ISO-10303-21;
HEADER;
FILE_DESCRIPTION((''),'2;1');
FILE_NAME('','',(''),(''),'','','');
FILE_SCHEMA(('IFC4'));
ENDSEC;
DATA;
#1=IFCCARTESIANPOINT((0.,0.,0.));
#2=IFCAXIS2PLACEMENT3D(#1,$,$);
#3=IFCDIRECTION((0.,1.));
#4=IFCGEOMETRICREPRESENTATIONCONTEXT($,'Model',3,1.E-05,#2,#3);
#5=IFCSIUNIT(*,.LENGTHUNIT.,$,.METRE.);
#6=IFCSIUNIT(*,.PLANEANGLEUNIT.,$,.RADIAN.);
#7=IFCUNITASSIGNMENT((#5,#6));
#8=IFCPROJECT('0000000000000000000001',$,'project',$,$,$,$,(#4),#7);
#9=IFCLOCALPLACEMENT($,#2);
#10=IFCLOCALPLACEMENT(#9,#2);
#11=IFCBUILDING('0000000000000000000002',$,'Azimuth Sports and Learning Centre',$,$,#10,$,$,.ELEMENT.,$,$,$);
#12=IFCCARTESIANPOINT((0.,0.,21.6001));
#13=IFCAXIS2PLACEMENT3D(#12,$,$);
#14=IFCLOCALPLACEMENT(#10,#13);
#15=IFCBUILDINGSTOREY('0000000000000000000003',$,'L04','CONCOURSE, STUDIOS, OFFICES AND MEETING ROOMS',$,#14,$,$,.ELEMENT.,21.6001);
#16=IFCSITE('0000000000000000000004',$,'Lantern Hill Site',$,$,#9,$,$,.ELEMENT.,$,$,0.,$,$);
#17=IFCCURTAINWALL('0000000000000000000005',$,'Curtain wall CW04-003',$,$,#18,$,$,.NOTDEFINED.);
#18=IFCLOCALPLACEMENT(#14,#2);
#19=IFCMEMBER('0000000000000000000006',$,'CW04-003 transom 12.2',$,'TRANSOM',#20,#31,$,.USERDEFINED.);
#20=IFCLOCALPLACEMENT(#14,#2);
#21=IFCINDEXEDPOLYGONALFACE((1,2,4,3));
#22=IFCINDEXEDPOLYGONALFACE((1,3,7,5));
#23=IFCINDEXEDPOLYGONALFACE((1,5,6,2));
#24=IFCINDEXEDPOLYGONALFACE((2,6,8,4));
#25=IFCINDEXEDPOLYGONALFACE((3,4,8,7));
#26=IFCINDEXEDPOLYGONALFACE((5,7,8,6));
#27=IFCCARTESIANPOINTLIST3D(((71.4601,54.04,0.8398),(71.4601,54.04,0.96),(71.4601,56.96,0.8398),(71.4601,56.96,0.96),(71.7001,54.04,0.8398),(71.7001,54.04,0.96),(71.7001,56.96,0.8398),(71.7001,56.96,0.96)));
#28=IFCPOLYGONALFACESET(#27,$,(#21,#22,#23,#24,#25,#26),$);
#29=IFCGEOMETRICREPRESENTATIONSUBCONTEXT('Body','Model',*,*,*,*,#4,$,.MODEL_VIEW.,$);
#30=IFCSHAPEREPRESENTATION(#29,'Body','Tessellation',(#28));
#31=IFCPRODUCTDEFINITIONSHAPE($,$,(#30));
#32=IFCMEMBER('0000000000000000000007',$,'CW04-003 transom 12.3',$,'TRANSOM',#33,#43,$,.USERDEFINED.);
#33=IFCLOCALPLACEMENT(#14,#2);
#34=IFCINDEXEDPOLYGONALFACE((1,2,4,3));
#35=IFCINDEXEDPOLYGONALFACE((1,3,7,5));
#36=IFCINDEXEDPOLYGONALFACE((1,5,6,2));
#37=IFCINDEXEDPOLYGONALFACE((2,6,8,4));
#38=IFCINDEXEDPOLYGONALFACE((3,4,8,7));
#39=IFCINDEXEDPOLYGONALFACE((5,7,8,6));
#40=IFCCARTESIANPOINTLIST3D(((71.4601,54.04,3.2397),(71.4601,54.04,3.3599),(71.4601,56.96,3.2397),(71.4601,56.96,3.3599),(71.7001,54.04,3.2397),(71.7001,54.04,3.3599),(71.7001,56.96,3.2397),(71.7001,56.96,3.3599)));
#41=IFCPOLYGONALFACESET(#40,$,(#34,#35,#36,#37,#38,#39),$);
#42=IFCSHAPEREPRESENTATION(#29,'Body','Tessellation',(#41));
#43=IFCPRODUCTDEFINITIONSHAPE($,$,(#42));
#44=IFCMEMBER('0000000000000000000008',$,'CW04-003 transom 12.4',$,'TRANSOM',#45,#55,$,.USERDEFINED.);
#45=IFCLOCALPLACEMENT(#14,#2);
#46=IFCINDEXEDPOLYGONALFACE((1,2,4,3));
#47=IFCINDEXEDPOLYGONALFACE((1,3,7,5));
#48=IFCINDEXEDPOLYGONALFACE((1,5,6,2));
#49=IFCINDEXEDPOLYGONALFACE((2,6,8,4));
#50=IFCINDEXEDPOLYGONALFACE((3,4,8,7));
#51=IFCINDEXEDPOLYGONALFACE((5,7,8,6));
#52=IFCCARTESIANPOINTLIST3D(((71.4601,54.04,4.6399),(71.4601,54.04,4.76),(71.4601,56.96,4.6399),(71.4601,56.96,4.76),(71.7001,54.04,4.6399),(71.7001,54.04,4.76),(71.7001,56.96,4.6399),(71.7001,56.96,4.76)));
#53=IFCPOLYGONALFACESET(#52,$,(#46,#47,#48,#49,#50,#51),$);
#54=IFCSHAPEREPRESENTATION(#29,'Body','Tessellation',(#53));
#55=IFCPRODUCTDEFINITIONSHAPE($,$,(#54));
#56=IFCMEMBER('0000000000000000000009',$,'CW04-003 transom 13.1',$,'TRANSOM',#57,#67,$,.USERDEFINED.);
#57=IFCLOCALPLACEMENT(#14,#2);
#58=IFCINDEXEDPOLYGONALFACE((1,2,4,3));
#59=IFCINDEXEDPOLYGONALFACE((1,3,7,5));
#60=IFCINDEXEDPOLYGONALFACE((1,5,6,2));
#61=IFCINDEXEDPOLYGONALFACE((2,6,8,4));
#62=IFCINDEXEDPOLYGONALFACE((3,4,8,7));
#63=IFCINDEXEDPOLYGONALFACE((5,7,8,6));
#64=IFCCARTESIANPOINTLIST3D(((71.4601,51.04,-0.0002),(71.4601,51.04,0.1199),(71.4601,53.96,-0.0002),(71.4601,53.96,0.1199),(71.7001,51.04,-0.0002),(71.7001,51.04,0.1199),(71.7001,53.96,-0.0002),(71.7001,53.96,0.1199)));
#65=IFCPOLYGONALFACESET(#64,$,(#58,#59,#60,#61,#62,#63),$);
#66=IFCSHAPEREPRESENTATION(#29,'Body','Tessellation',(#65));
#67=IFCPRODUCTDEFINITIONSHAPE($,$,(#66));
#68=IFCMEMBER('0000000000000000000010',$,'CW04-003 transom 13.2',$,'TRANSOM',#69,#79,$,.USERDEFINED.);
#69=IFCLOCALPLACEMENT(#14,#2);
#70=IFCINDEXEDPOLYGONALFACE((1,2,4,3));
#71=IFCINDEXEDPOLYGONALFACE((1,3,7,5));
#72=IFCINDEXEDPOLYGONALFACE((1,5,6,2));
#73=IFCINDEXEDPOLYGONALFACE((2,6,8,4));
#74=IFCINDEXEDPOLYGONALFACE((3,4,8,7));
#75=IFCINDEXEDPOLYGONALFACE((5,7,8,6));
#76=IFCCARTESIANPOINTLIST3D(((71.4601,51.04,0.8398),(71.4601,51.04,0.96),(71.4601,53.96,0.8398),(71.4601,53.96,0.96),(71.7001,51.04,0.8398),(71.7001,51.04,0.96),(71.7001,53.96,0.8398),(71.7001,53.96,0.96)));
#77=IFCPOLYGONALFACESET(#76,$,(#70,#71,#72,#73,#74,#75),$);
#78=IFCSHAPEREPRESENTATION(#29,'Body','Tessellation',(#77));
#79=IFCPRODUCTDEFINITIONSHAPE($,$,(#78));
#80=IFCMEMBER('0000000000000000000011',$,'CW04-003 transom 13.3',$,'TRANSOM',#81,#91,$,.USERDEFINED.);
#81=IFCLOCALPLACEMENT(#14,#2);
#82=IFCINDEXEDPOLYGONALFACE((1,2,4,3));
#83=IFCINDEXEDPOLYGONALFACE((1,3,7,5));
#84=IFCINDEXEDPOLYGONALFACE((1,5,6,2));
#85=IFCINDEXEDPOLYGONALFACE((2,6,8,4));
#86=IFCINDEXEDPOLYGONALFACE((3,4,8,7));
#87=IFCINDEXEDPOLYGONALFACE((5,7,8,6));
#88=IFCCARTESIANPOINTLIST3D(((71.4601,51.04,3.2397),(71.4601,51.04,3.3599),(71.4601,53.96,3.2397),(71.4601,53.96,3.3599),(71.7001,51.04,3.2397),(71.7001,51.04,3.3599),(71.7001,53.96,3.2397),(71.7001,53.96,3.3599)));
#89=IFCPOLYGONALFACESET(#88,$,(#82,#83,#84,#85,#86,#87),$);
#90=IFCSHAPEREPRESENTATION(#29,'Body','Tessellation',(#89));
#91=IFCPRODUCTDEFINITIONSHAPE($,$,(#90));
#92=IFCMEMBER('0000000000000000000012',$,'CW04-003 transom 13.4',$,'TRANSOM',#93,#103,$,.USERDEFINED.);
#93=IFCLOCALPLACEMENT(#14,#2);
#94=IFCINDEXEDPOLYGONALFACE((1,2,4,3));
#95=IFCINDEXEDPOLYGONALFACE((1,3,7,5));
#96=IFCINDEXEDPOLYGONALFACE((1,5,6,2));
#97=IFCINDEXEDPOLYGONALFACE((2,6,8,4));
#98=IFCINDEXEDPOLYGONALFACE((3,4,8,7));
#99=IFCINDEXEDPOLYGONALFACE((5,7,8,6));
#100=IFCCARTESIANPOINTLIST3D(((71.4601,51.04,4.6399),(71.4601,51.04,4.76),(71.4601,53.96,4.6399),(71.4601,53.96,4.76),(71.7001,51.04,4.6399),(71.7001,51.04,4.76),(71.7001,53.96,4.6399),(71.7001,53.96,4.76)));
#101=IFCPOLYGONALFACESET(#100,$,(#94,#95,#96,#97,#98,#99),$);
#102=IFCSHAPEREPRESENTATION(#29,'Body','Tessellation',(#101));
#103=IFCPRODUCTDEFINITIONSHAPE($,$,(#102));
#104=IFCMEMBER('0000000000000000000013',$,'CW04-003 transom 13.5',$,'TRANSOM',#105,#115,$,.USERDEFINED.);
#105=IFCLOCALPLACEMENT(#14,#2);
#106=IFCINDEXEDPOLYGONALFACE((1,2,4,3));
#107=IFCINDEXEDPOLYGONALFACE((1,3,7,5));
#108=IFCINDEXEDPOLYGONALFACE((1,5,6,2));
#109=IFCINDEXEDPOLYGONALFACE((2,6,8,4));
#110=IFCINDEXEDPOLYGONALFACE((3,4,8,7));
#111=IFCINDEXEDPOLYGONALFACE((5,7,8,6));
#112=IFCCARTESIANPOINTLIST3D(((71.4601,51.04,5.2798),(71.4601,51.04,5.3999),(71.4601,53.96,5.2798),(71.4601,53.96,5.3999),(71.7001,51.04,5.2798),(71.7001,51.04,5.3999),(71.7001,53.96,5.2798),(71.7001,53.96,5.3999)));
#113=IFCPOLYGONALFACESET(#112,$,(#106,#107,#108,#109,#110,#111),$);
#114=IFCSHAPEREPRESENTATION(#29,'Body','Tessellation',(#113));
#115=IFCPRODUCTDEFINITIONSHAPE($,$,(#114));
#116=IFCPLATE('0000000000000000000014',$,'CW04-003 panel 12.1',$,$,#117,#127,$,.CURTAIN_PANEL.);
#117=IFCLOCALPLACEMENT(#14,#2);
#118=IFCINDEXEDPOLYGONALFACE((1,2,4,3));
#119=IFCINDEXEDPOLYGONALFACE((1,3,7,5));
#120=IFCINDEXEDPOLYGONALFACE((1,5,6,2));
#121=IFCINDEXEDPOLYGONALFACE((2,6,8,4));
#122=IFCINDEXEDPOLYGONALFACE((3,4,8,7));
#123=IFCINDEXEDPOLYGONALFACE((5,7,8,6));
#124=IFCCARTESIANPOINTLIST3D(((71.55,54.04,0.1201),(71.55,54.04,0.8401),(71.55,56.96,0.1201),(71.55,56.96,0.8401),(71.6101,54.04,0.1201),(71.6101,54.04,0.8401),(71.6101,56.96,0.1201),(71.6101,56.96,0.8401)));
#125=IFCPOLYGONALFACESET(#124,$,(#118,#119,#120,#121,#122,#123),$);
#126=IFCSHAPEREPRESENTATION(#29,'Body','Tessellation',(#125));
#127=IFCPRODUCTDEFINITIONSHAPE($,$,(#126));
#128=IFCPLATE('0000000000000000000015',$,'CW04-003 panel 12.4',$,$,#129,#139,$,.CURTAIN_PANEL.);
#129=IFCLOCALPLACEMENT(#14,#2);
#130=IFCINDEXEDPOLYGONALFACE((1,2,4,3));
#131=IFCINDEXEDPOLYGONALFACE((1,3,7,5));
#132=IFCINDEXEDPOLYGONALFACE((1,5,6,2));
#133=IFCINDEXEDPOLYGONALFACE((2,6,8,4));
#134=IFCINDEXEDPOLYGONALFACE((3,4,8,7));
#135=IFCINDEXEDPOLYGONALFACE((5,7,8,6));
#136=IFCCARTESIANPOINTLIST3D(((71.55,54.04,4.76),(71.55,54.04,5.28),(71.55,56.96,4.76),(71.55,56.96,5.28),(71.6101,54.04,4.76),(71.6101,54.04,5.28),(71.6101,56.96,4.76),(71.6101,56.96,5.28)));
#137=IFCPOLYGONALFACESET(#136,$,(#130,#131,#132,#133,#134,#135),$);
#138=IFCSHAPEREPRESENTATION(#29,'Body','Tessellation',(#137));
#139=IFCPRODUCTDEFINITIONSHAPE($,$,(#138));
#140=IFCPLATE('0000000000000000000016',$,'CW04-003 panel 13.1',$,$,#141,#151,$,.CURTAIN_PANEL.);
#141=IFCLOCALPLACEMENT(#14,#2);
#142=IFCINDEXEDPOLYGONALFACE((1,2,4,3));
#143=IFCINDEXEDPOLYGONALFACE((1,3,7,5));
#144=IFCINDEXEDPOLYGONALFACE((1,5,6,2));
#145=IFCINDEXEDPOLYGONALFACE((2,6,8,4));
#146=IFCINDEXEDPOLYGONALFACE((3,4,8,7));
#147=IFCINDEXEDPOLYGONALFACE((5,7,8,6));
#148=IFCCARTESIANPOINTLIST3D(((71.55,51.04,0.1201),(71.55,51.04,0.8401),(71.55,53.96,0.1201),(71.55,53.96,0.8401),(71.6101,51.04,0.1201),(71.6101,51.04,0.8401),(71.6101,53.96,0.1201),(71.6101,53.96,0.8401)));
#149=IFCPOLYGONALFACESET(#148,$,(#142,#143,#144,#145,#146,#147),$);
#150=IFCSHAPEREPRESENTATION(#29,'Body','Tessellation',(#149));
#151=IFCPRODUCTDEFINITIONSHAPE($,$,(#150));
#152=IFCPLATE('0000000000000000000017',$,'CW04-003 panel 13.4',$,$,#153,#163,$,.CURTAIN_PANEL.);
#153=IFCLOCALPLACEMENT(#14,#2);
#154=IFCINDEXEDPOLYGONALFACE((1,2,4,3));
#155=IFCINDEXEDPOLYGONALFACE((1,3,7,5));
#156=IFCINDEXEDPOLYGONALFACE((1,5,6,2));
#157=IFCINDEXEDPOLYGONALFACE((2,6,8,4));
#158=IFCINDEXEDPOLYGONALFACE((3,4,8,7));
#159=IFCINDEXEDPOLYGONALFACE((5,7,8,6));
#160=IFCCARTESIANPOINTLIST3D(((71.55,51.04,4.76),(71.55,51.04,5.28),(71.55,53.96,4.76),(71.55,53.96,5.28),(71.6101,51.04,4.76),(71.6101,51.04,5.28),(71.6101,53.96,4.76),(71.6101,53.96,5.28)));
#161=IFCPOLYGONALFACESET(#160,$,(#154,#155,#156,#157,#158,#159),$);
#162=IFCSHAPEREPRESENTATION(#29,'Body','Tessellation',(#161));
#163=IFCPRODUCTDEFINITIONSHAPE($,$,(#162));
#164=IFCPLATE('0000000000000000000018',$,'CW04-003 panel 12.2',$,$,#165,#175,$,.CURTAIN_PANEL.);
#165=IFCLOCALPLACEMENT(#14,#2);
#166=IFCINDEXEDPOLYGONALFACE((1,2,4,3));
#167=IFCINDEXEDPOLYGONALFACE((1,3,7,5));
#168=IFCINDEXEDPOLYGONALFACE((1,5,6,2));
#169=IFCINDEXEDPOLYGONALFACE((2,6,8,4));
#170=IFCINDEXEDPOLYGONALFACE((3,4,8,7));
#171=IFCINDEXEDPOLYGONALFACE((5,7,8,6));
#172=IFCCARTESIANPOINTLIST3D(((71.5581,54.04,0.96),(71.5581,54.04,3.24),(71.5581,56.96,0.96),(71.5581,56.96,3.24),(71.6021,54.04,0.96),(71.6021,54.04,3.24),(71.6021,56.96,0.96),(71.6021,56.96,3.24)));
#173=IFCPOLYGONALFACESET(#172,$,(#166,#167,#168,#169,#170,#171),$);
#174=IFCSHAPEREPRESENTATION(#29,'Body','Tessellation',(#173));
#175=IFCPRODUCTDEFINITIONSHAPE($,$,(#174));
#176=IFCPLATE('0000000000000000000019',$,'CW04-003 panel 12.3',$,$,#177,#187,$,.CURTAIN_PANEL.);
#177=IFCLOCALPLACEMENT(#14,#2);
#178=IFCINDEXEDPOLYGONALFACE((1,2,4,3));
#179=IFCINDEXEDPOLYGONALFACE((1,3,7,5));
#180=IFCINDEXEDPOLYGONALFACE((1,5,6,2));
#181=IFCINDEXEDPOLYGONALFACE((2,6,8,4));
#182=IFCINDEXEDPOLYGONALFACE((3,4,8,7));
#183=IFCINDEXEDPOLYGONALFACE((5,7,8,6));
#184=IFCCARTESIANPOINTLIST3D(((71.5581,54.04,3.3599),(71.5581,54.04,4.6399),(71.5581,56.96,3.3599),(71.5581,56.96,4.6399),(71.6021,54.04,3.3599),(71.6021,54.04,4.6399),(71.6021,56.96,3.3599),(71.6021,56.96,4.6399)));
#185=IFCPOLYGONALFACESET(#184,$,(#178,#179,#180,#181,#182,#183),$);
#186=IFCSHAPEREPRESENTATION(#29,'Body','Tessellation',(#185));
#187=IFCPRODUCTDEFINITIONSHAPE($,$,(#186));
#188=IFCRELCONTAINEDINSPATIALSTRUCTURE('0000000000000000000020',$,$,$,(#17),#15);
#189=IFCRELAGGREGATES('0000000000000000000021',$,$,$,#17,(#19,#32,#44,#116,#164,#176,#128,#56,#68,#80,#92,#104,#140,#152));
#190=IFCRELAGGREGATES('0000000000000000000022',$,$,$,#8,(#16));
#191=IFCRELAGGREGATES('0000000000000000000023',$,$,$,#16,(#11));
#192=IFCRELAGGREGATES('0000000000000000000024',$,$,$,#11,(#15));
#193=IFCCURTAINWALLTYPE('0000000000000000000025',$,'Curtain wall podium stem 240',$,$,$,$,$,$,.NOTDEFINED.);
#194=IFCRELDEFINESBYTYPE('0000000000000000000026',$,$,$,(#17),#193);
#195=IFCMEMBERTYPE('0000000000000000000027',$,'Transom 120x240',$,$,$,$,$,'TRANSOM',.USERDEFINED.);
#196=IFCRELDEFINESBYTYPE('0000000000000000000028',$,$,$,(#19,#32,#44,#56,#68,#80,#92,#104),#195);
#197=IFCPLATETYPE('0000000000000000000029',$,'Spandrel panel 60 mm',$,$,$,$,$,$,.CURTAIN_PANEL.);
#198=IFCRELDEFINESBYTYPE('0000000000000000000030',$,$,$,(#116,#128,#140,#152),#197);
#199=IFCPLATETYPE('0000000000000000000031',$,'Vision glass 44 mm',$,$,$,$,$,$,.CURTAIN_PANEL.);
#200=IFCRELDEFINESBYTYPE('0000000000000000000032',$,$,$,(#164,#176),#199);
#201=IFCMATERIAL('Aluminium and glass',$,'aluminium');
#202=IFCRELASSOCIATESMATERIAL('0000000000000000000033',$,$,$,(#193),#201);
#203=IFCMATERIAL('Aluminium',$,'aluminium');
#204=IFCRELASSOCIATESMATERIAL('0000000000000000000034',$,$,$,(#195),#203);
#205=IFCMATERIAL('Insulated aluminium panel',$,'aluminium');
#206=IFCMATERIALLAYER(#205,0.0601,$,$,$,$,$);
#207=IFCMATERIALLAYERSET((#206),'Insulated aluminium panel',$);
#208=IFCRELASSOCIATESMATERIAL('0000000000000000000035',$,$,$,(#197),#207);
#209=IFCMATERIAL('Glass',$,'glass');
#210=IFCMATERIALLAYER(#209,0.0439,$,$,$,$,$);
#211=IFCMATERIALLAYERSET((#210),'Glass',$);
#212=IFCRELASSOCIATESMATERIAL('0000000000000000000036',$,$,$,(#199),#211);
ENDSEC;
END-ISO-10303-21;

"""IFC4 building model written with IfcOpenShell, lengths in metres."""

from ifc_helpers import new_model, si_unit, direction, frame, origin, origin_2d, place, context, subcontext, project, spatial, rectangle, extrude, material, layer, layer_set, material_profile, profile_set, type_object, element, aggregate, save


model = new_model("IFC4")

# Units and contexts
model_context = context("Model", 3, precision=1e-05, world=origin(), true_north=direction((0.0, 1.0)))
body_context = subcontext(model_context, "Body", "Model", "MODEL_VIEW")
ifc_project = project(units=[si_unit("LENGTHUNIT", "METRE"), si_unit("PLANEANGLEUNIT", "RADIAN")], contexts=[model_context])

# Site, building, storey
site_placement = place(None, origin())
site = spatial("IfcSite", under=ifc_project, at=site_placement, Name="Lantern Hill Site", CompositionType="ELEMENT", RefElevation=0.0)
building_placement = place(site_placement, origin())
building = spatial("IfcBuilding", under=site, at=building_placement, Name="Azimuth Sports and Learning Centre", CompositionType="ELEMENT")
storey_placement = place(building_placement, frame((0.0, 0.0, 21.6001)))
storey = spatial("IfcBuildingStorey", under=building, at=storey_placement, Name="L04", Description="CONCOURSE, STUDIOS, OFFICES AND MEETING ROOMS", CompositionType="ELEMENT", Elevation=21.6001)

# Curtain wall, members, plates
ifc_material_1 = material(Name="Aluminium and glass", Category="aluminium")
curtain_wall_type = type_object("IfcCurtainWallType", Name="Curtain wall podium stem 240", PredefinedType="NOTDEFINED", material=ifc_material_1)
curtain_wall_placement = place(storey_placement, origin())
curtain_wall = element("IfcCurtainWall", 1, at=curtain_wall_placement, inside=storey, type_object=curtain_wall_type, Name="Curtain wall CW04-003", PredefinedType="NOTDEFINED")
ifc_material_2 = material(Name="Aluminium", Category="aluminium")
ifc_material_profile_1 = material_profile(ifc_material_2, rectangle(XDim=0.24, YDim=0.1201, at=origin_2d()), Name="Transom 120x240")
ifc_profile_set_1 = profile_set([ifc_material_profile_1], Name="Aluminium")
member_type_1 = type_object("IfcMemberType", Name="Transom 120x240", ElementType="TRANSOM", PredefinedType="USERDEFINED", material=ifc_profile_set_1)
member_1_placement = place(storey_placement, frame((71.5801, 56.96, 0.8999), z_axis=(0.0, -1.0, 0.0), x_axis=(1.0, 0.0, 0.0)))
member_1 = element("IfcMember", 2, at=member_1_placement, type_object=member_type_1, Name="CW04-003 transom 12.2", ObjectType="TRANSOM", PredefinedType="USERDEFINED", context=body_context, shape_type="SweptSolid", body=[
    extrude(rectangle(XDim=0.24, YDim=0.1201, at=origin_2d()), origin(), (0.0, 0.0, 1.0), 2.9199),
])
member_2_placement = place(storey_placement, frame((71.5801, 56.96, 3.2998), z_axis=(0.0, -1.0, 0.0), x_axis=(1.0, 0.0, 0.0)))
member_2 = element("IfcMember", 3, at=member_2_placement, type_object=member_type_1, Name="CW04-003 transom 12.3", ObjectType="TRANSOM", PredefinedType="USERDEFINED", context=body_context, shape_type="SweptSolid", body=[
    extrude(rectangle(XDim=0.24, YDim=0.1201, at=origin_2d()), origin(), (0.0, 0.0, 1.0), 2.9199),
])
member_3_placement = place(storey_placement, frame((71.5801, 56.96, 4.7), z_axis=(0.0, -1.0, 0.0), x_axis=(1.0, 0.0, 0.0)))
member_3 = element("IfcMember", 4, at=member_3_placement, type_object=member_type_1, Name="CW04-003 transom 12.4", ObjectType="TRANSOM", PredefinedType="USERDEFINED", context=body_context, shape_type="SweptSolid", body=[
    extrude(rectangle(XDim=0.24, YDim=0.1201, at=origin_2d()), origin(), (0.0, 0.0, 1.0), 2.9199),
])
member_4_placement = place(storey_placement, frame((71.5801, 53.96, 0.0598), z_axis=(0.0, -1.0, 0.0), x_axis=(1.0, 0.0, 0.0)))
member_4 = element("IfcMember", 5, at=member_4_placement, type_object=member_type_1, Name="CW04-003 transom 13.1", ObjectType="TRANSOM", PredefinedType="USERDEFINED", context=body_context, shape_type="SweptSolid", body=[
    extrude(rectangle(XDim=0.24, YDim=0.1201, at=origin_2d()), origin(), (0.0, 0.0, 1.0), 2.9199),
])
member_5_placement = place(storey_placement, frame((71.5801, 53.96, 0.8999), z_axis=(0.0, -1.0, 0.0), x_axis=(1.0, 0.0, 0.0)))
member_5 = element("IfcMember", 6, at=member_5_placement, type_object=member_type_1, Name="CW04-003 transom 13.2", ObjectType="TRANSOM", PredefinedType="USERDEFINED", context=body_context, shape_type="SweptSolid", body=[
    extrude(rectangle(XDim=0.24, YDim=0.1201, at=origin_2d()), origin(), (0.0, 0.0, 1.0), 2.9199),
])
member_6_placement = place(storey_placement, frame((71.5801, 53.96, 3.2998), z_axis=(0.0, -1.0, 0.0), x_axis=(1.0, 0.0, 0.0)))
member_6 = element("IfcMember", 7, at=member_6_placement, type_object=member_type_1, Name="CW04-003 transom 13.3", ObjectType="TRANSOM", PredefinedType="USERDEFINED", context=body_context, shape_type="SweptSolid", body=[
    extrude(rectangle(XDim=0.24, YDim=0.1201, at=origin_2d()), origin(), (0.0, 0.0, 1.0), 2.9199),
])
member_7_placement = place(storey_placement, frame((71.5801, 53.96, 4.7), z_axis=(0.0, -1.0, 0.0), x_axis=(1.0, 0.0, 0.0)))
member_7 = element("IfcMember", 8, at=member_7_placement, type_object=member_type_1, Name="CW04-003 transom 13.4", ObjectType="TRANSOM", PredefinedType="USERDEFINED", context=body_context, shape_type="SweptSolid", body=[
    extrude(rectangle(XDim=0.24, YDim=0.1201, at=origin_2d()), origin(), (0.0, 0.0, 1.0), 2.9199),
])
member_8_placement = place(storey_placement, frame((71.5801, 53.96, 5.3398), z_axis=(0.0, -1.0, 0.0), x_axis=(1.0, 0.0, 0.0)))
member_8 = element("IfcMember", 9, at=member_8_placement, type_object=member_type_1, Name="CW04-003 transom 13.5", ObjectType="TRANSOM", PredefinedType="USERDEFINED", context=body_context, shape_type="SweptSolid", body=[
    extrude(rectangle(XDim=0.24, YDim=0.1201, at=origin_2d()), origin(), (0.0, 0.0, 1.0), 2.9199),
])
ifc_material_3 = material(Name="Insulated aluminium panel", Category="aluminium")
ifc_layer_1 = layer(ifc_material_3, 0.0601)
ifc_layer_set_1 = layer_set([ifc_layer_1], Name="Insulated aluminium panel")
plate_type_1 = type_object("IfcPlateType", Name="Spandrel panel 60 mm", PredefinedType="CURTAIN_PANEL", material=ifc_layer_set_1)
plate_1_placement = place(storey_placement, frame((71.5801, 55.5, 0.1201), z_axis=(0.0, 0.0, 1.0), x_axis=(0.0, -1.0, 0.0)))
plate_1 = element("IfcPlate", 10, at=plate_1_placement, type_object=plate_type_1, Name="CW04-003 panel 12.1", PredefinedType="CURTAIN_PANEL", context=body_context, shape_type="SweptSolid", body=[
    extrude(rectangle(XDim=2.9199, YDim=0.0601, at=origin_2d()), origin(), (0.0, 0.0, 1.0), 0.72),
])
plate_2_placement = place(storey_placement, frame((71.5801, 55.5, 4.76), z_axis=(0.0, 0.0, 1.0), x_axis=(0.0, -1.0, 0.0)))
plate_2 = element("IfcPlate", 11, at=plate_2_placement, type_object=plate_type_1, Name="CW04-003 panel 12.4", PredefinedType="CURTAIN_PANEL", context=body_context, shape_type="SweptSolid", body=[
    extrude(rectangle(XDim=2.9199, YDim=0.0601, at=origin_2d()), origin(), (0.0, 0.0, 1.0), 0.52),
])
plate_3_placement = place(storey_placement, frame((71.5801, 52.5, 0.1201), z_axis=(0.0, 0.0, 1.0), x_axis=(0.0, -1.0, 0.0)))
plate_3 = element("IfcPlate", 12, at=plate_3_placement, type_object=plate_type_1, Name="CW04-003 panel 13.1", PredefinedType="CURTAIN_PANEL", context=body_context, shape_type="SweptSolid", body=[
    extrude(rectangle(XDim=2.9199, YDim=0.0601, at=origin_2d()), origin(), (0.0, 0.0, 1.0), 0.72),
])
plate_4_placement = place(storey_placement, frame((71.5801, 52.5, 4.76), z_axis=(0.0, 0.0, 1.0), x_axis=(0.0, -1.0, 0.0)))
plate_4 = element("IfcPlate", 13, at=plate_4_placement, type_object=plate_type_1, Name="CW04-003 panel 13.4", PredefinedType="CURTAIN_PANEL", context=body_context, shape_type="SweptSolid", body=[
    extrude(rectangle(XDim=2.9199, YDim=0.0601, at=origin_2d()), origin(), (0.0, 0.0, 1.0), 0.52),
])
ifc_material_4 = material(Name="Glass", Category="glass")
ifc_layer_2 = layer(ifc_material_4, 0.0439)
ifc_layer_set_2 = layer_set([ifc_layer_2], Name="Glass")
plate_type_2 = type_object("IfcPlateType", Name="Vision glass 44 mm", PredefinedType="CURTAIN_PANEL", material=ifc_layer_set_2)
plate_5_placement = place(storey_placement, frame((71.5801, 55.5, 0.96), z_axis=(0.0, 0.0, 1.0), x_axis=(0.0, -1.0, 0.0)))
plate_5 = element("IfcPlate", 14, at=plate_5_placement, type_object=plate_type_2, Name="CW04-003 panel 12.2", PredefinedType="CURTAIN_PANEL", context=body_context, shape_type="SweptSolid", body=[
    extrude(rectangle(XDim=2.9199, YDim=0.0439, at=origin_2d()), origin(), (0.0, 0.0, 1.0), 2.28),
])
plate_6_placement = place(storey_placement, frame((71.5801, 55.5, 3.3599), z_axis=(0.0, 0.0, 1.0), x_axis=(0.0, -1.0, 0.0)))
plate_6 = element("IfcPlate", 15, at=plate_6_placement, type_object=plate_type_2, Name="CW04-003 panel 12.3", PredefinedType="CURTAIN_PANEL", context=body_context, shape_type="SweptSolid", body=[
    extrude(rectangle(XDim=2.9199, YDim=0.0439, at=origin_2d()), origin(), (0.0, 0.0, 1.0), 1.28),
])
aggregate(curtain_wall, [member_1, member_2, member_3, plate_1, plate_5, plate_6, plate_2, member_4, member_5, member_6, member_7, member_8, plate_3, plate_4])

save(model, "model.ifc")
